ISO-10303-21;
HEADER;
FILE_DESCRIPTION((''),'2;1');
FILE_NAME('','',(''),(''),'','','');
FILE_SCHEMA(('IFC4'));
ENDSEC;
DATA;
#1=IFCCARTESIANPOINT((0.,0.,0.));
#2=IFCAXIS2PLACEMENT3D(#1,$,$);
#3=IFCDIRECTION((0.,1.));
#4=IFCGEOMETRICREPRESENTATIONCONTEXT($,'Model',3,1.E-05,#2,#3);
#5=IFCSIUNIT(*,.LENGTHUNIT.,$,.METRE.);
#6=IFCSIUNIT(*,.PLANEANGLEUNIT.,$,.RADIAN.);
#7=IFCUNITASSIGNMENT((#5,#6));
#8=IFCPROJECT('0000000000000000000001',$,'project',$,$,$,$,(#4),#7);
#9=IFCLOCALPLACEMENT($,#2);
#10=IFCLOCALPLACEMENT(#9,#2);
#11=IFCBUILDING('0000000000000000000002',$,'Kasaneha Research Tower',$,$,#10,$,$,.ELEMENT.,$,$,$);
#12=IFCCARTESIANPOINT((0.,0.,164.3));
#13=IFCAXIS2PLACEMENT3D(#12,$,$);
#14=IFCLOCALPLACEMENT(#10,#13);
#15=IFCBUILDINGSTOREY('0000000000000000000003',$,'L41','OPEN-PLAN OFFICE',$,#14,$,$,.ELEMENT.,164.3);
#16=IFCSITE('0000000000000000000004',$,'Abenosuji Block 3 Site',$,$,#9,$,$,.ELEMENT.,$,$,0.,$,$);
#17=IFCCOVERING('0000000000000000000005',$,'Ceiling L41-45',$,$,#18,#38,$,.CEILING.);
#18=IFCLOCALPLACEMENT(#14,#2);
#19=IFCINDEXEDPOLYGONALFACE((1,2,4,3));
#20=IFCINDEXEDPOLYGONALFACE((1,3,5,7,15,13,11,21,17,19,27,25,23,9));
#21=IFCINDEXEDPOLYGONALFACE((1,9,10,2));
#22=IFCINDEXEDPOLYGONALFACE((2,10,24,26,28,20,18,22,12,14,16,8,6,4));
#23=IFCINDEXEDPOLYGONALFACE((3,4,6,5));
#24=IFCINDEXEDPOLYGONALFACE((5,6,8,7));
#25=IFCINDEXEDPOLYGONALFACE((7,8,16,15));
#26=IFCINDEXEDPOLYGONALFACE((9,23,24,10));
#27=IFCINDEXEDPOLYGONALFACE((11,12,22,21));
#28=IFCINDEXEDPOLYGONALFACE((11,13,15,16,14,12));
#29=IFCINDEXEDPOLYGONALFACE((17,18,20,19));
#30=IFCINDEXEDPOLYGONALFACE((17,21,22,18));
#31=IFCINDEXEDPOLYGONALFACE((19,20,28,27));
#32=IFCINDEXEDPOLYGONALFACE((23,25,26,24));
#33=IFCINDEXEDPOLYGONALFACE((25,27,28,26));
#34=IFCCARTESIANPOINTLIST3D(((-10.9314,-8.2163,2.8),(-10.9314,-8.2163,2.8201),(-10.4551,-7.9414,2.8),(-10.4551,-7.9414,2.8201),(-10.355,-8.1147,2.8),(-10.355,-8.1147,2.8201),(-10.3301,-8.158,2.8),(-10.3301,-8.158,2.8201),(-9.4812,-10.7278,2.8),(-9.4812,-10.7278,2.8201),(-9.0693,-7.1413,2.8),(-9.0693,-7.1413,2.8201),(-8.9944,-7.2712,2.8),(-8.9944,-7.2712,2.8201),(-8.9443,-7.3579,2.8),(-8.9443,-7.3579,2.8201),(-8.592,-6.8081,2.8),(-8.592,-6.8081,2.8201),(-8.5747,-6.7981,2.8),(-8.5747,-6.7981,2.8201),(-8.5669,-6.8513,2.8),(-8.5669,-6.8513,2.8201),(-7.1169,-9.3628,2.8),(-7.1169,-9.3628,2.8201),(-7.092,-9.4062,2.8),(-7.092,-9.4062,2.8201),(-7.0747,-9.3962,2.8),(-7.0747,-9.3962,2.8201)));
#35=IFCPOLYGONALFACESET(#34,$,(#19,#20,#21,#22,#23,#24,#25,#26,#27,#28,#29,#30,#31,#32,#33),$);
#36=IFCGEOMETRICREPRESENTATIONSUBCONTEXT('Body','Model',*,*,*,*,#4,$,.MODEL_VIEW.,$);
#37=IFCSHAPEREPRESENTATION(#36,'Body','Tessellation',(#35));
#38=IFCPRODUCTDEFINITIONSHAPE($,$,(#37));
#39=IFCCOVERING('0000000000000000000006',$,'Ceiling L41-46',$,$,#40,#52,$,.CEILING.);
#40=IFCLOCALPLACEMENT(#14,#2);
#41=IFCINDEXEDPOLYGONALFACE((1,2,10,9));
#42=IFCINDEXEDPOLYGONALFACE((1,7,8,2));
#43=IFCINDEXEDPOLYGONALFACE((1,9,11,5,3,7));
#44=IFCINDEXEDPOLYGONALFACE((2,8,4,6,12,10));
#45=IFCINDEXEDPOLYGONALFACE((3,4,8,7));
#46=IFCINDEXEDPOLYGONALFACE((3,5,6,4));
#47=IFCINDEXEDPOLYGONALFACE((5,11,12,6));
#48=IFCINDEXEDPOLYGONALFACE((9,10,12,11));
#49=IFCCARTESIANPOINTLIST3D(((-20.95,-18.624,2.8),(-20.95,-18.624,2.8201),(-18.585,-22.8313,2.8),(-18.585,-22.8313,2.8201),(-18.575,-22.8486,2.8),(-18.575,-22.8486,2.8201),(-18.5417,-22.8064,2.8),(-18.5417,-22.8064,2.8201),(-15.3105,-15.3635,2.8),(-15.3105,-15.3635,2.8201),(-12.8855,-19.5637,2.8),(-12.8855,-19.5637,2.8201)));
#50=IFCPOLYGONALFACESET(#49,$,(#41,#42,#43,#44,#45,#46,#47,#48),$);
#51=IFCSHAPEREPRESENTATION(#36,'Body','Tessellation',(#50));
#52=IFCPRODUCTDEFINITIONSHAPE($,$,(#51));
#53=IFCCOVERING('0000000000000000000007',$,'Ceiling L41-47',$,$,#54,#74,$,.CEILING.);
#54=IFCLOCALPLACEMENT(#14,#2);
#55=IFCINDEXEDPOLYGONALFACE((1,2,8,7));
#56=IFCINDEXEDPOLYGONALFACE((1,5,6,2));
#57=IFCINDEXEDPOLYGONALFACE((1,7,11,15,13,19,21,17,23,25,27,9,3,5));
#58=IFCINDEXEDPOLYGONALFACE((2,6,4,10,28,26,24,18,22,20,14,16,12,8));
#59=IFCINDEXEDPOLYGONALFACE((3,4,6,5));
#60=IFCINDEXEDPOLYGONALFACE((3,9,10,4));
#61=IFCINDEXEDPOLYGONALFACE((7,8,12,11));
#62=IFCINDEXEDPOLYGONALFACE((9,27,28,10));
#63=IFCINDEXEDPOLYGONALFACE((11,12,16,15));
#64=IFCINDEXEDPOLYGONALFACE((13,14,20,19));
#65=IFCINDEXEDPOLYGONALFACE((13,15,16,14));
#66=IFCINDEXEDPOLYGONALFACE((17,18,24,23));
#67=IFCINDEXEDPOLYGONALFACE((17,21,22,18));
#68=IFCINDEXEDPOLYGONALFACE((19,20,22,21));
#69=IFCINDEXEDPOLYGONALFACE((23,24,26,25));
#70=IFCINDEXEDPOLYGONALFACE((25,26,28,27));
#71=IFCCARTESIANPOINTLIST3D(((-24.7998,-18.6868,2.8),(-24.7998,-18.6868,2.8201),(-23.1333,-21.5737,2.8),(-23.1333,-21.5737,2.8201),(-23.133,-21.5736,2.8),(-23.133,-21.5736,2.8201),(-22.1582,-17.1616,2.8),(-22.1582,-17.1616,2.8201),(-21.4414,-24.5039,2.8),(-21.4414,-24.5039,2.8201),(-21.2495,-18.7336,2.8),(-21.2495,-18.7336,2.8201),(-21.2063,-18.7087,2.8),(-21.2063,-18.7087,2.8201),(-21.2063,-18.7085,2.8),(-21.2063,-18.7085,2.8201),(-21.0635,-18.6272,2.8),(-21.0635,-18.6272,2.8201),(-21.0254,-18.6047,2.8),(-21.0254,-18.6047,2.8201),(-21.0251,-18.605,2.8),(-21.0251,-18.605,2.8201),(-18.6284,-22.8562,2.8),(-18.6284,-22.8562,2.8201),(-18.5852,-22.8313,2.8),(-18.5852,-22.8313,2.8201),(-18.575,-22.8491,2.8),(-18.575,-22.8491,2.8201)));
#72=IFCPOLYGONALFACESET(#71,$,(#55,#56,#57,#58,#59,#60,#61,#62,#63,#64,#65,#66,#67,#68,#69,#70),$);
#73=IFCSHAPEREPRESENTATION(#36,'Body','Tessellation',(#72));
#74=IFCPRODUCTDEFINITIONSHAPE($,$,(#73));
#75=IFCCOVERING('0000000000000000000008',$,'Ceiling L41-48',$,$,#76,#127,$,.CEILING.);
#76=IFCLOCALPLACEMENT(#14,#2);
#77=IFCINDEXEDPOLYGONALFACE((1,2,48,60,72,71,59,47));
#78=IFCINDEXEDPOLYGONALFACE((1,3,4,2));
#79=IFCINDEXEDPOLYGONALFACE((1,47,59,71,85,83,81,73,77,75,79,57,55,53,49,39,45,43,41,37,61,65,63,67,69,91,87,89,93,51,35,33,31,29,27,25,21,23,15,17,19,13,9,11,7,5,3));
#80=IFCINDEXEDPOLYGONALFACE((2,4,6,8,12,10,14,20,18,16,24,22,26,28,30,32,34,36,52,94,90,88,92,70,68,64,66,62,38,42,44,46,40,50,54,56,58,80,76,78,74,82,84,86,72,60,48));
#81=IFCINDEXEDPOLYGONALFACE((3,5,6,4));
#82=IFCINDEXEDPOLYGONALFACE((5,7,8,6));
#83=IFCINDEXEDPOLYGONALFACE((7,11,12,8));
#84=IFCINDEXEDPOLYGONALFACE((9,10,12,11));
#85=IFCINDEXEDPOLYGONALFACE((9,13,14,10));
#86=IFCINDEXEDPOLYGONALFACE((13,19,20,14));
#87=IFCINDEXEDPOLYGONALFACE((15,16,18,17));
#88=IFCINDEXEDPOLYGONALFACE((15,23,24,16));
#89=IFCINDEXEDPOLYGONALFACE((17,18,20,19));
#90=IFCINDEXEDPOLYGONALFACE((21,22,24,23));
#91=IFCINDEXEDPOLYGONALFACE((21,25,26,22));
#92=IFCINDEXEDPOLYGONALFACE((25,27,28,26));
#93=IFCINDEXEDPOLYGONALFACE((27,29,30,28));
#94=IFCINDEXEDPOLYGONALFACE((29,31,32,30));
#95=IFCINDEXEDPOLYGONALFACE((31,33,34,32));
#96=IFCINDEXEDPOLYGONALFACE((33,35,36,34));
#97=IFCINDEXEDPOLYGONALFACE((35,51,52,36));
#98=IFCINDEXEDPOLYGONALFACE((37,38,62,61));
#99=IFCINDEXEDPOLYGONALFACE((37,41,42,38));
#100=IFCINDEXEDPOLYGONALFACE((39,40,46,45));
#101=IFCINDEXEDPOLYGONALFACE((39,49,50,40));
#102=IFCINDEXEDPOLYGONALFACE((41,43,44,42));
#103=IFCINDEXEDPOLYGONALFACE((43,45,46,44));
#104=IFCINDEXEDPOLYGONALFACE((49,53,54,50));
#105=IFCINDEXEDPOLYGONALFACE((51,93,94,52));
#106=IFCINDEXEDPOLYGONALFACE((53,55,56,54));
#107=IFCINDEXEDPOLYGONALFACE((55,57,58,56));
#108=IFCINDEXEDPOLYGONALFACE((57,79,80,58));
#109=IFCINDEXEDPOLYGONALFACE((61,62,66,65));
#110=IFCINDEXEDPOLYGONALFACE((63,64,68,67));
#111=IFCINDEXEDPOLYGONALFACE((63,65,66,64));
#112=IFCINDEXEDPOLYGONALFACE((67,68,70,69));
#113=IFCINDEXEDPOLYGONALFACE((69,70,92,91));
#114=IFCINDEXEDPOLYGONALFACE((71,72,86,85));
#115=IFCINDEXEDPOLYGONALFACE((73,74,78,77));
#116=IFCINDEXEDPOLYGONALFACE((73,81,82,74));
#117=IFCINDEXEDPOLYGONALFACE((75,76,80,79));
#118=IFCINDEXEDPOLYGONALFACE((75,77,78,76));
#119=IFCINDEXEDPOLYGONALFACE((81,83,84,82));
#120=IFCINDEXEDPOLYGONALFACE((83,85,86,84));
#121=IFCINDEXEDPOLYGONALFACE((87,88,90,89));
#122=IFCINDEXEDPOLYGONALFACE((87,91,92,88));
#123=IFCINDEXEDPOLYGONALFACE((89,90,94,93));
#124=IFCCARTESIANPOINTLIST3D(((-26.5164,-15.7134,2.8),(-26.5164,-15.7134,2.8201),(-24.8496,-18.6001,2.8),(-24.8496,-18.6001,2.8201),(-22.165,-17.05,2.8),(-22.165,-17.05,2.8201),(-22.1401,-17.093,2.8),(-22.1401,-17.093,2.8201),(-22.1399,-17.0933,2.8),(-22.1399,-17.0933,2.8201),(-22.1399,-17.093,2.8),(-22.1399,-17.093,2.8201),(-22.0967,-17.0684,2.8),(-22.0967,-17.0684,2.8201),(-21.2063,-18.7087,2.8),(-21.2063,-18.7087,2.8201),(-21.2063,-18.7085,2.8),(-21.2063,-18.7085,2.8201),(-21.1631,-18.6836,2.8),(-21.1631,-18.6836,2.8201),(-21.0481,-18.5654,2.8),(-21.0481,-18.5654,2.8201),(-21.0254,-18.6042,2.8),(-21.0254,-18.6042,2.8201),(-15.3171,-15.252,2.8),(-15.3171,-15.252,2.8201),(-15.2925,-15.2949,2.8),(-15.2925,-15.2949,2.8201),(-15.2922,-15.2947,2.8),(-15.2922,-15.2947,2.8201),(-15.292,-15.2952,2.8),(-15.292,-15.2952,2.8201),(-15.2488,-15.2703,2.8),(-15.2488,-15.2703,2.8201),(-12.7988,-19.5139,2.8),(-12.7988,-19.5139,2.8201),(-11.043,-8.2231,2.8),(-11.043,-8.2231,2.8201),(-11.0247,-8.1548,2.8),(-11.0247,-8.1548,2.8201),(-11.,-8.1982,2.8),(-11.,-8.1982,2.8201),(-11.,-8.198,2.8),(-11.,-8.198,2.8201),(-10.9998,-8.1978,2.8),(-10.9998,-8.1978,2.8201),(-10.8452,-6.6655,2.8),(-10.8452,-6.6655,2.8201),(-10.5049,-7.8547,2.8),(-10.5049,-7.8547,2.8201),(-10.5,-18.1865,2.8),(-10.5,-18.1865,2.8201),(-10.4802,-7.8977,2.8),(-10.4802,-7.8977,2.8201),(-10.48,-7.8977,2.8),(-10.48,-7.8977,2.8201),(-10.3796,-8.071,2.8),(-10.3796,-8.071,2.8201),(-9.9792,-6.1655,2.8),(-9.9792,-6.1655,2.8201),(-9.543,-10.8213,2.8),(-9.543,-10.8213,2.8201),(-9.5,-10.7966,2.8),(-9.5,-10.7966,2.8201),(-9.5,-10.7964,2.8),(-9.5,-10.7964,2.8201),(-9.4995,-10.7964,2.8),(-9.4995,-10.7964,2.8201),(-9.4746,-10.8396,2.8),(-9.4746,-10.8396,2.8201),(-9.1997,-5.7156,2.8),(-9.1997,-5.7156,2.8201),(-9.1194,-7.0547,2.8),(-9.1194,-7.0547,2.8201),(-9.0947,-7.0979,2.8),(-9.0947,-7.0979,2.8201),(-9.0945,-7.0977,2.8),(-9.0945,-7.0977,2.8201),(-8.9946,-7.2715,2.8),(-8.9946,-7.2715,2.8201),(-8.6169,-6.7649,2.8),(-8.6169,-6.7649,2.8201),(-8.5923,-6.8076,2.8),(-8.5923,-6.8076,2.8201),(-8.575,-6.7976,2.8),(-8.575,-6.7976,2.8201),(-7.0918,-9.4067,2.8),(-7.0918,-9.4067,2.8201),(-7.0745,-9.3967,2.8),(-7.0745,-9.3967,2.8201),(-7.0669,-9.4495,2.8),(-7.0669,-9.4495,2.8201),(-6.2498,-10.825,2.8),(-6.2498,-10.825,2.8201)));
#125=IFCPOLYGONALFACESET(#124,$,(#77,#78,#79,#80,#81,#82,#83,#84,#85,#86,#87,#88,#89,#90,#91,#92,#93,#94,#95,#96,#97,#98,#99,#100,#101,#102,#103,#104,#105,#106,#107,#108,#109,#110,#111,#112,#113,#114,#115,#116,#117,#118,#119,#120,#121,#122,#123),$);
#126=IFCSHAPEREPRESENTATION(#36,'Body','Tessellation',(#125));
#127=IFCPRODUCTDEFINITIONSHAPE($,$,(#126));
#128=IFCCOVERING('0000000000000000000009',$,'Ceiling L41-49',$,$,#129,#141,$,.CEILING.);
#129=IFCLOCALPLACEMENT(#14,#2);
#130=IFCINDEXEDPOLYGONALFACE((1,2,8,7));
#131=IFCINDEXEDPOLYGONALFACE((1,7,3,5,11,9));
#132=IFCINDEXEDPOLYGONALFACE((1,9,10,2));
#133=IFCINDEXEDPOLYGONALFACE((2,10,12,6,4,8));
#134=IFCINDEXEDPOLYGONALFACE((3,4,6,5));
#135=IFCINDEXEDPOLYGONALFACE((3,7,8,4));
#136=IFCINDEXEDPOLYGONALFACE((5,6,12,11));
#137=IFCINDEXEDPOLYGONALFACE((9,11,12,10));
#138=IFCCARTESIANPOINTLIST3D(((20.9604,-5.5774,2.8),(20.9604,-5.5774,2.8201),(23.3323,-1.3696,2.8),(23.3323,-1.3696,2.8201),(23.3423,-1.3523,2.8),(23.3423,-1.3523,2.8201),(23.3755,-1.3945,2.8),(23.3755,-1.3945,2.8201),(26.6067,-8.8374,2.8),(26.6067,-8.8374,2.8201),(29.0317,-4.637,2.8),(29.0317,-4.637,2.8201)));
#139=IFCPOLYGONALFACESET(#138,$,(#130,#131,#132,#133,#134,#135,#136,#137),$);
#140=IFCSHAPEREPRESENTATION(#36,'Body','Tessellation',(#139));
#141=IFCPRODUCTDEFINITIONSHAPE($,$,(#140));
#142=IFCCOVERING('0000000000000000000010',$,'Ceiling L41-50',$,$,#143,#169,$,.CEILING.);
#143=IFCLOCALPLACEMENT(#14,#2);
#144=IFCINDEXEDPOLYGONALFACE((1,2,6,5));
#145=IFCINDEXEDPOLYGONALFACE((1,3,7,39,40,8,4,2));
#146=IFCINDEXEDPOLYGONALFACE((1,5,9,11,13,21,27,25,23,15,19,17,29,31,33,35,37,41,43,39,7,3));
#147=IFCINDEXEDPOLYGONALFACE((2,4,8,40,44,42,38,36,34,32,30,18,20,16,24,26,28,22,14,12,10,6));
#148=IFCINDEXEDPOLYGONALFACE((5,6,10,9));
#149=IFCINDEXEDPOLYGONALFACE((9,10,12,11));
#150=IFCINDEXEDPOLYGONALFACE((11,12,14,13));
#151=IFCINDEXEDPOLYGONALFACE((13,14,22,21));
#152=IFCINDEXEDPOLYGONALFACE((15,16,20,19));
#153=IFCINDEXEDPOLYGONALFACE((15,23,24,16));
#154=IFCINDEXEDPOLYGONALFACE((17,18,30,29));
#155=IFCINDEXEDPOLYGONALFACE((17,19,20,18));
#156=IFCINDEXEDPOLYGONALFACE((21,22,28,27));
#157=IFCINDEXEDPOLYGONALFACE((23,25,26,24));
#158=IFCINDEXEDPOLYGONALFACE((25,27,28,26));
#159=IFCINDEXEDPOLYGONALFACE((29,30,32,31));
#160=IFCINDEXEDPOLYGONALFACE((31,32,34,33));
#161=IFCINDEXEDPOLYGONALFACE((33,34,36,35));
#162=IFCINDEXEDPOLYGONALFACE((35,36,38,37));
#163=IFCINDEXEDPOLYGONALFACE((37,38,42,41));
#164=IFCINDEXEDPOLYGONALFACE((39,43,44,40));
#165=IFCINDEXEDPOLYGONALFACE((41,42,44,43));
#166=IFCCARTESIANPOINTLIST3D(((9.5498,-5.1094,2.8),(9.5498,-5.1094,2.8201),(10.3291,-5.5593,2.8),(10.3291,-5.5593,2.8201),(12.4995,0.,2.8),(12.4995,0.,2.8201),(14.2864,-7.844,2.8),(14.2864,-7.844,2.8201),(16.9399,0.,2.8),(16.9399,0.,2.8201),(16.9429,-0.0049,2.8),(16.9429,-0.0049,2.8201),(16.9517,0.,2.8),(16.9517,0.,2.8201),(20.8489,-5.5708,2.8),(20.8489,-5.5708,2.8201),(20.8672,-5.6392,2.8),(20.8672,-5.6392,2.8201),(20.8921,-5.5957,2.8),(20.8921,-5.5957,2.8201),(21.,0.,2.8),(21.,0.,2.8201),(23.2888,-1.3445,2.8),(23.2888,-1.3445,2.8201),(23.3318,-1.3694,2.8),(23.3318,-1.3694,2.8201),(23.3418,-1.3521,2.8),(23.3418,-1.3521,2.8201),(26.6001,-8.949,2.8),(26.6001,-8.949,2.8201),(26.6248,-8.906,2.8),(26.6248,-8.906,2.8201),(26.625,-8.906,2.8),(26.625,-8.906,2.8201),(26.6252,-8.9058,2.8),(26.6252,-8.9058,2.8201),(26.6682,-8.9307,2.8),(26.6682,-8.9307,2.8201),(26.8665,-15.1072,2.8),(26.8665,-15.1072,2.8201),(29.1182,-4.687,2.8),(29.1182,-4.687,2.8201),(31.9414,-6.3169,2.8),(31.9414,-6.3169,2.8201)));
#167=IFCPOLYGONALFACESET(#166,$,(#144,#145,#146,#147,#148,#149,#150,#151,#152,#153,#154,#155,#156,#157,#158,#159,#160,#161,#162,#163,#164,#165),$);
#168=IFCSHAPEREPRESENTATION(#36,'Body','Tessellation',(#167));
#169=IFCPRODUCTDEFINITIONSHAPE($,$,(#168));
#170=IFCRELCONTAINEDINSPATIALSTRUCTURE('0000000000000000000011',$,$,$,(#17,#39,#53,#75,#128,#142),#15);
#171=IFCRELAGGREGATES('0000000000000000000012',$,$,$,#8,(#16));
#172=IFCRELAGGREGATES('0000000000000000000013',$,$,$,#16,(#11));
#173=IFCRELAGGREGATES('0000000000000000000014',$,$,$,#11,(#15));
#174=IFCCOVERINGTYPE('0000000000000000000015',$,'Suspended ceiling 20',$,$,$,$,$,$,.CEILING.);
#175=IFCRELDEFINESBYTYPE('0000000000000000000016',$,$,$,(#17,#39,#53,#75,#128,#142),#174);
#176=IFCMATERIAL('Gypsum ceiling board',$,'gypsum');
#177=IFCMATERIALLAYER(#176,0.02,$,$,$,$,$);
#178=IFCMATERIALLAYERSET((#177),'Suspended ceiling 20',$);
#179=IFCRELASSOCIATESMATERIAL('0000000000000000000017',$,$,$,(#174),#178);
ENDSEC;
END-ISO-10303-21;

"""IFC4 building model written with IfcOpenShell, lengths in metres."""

from ifc_helpers import new_model, si_unit, direction, frame, origin, place, context, subcontext, project, spatial, polyline, outline, extrude, material, layer, layer_set, type_object, element, save


model = new_model("IFC4")

# Units and contexts
model_context = context("Model", 3, precision=1e-05, world=origin(), true_north=direction((0.0, 1.0)))
body_context = subcontext(model_context, "Body", "Model", "MODEL_VIEW")
ifc_project = project(units=[si_unit("LENGTHUNIT", "METRE"), si_unit("PLANEANGLEUNIT", "RADIAN")], contexts=[model_context])

# Site, building, storey
site_placement = place(None, origin())
site = spatial("IfcSite", under=ifc_project, at=site_placement, Name="Abenosuji Block 3 Site", CompositionType="ELEMENT", RefElevation=0.0)
building_placement = place(site_placement, origin())
building = spatial("IfcBuilding", under=site, at=building_placement, Name="Kasaneha Research Tower", CompositionType="ELEMENT")
storey_placement = place(building_placement, frame((0.0, 0.0, 164.3)))
storey = spatial("IfcBuildingStorey", under=building, at=storey_placement, Name="L41", Description="OPEN-PLAN OFFICE", CompositionType="ELEMENT", Elevation=164.3)

# Coverings
ifc_material_1 = material(Name="Gypsum ceiling board", Category="gypsum")
ifc_layer_1 = layer(ifc_material_1, 0.02)
ifc_layer_set_1 = layer_set([ifc_layer_1], Name="Suspended ceiling 20")
covering_type_1 = type_object("IfcCoveringType", Name="Suspended ceiling 20", PredefinedType="CEILING", material=ifc_layer_set_1)
covering_1_placement = place(storey_placement, frame((0.0, 0.0, 2.8)))
element("IfcCovering", 1, at=covering_1_placement, inside=storey, type_object=covering_type_1, Name="Ceiling L41-45", PredefinedType="CEILING", context=body_context, shape_type="SweptSolid", body=[
    extrude(outline(polyline([(-10.355, -8.1147), (-10.355, -8.1147), (-10.3301, -8.158), (-8.9443, -7.3579), (-8.9944, -7.2712), (-8.9944, -7.2712), (-9.0942, -7.0981), (-9.0942, -7.0981), (-9.0693, -7.1414), (-8.5669, -6.8513), (-8.592, -6.8081), (-8.5747, -6.7981), (-7.0747, -9.3962), (-7.092, -9.4062), (-7.1169, -9.3628), (-9.4812, -10.7278), (-10.9314, -8.2163), (-10.4551, -7.9414), (-10.355, -8.1147)])), origin(), (0.0, 0.0, 1.0), 0.02),
])
covering_2_placement = place(storey_placement, frame((0.0, 0.0, 2.8)))
element("IfcCovering", 2, at=covering_2_placement, inside=storey, type_object=covering_type_1, Name="Ceiling L41-46", PredefinedType="CEILING", context=body_context, shape_type="SweptSolid", body=[
    extrude(outline(polyline([(-18.575, -22.8486), (-18.585, -22.8313), (-18.5417, -22.8064), (-20.95, -18.624), (-15.3105, -15.3635), (-12.8855, -19.5637), (-18.575, -22.8486)])), origin(), (0.0, 0.0, 1.0), 0.02),
])
covering_3_placement = place(storey_placement, frame((0.0, 0.0, 2.8)))
element("IfcCovering", 3, at=covering_3_placement, inside=storey, type_object=covering_type_1, Name="Ceiling L41-47", PredefinedType="CEILING", context=body_context, shape_type="SweptSolid", body=[
    extrude(outline(polyline([(-21.2063, -18.7087), (-21.0254, -18.6047), (-21.0251, -18.605), (-21.0635, -18.6272), (-18.6284, -22.8562), (-18.5852, -22.8313), (-18.575, -22.8491), (-21.4414, -24.5039), (-23.1333, -21.5737), (-20.8503, -20.2556), (-23.1331, -21.5735), (-24.7998, -18.6868), (-22.1582, -17.1616), (-21.2495, -18.7336), (-21.2063, -18.7085), (-21.2063, -18.7087)])), origin(), (0.0, 0.0, 1.0), 0.02),
])
covering_4_placement = place(storey_placement, frame((0.0, 0.0, 2.8)))
element("IfcCovering", 4, at=covering_4_placement, inside=storey, type_object=covering_type_1, Name="Ceiling L41-48", PredefinedType="CEILING", context=body_context, shape_type="SweptSolid", body=[
    extrude(outline(polyline([(-9.1997, -5.7156), (-8.575, -6.7976), (-8.5923, -6.8076), (-8.6169, -6.7649), (-9.1194, -7.0547), (-9.0945, -7.0977), (-9.0947, -7.0979), (-8.9946, -7.2715), (-10.3796, -8.071), (-10.48, -7.8977), (-10.4802, -7.8977), (-10.5049, -7.8547), (-11.0247, -8.1548), (-10.9998, -8.1978), (-11.0, -8.198), (-11.0, -8.1982), (-11.043, -8.2231), (-9.543, -10.8213), (-9.5, -10.7964), (-9.5, -10.7966), (-9.4995, -10.7964), (-9.4746, -10.8396), (-7.0669, -9.4495), (-7.0918, -9.4067), (-7.0745, -9.3967), (-6.2498, -10.825), (-10.5, -18.1865), (-12.7988, -19.5139), (-15.2488, -15.2703), (-15.292, -15.2952), (-15.2922, -15.2947), (-15.2925, -15.2949), (-15.3171, -15.252), (-21.0481, -18.5654), (-21.0254, -18.6042), (-21.2063, -18.7087), (-21.2063, -18.7085), (-21.1631, -18.6836), (-22.0967, -17.0684), (-22.1399, -17.0933), (-22.1399, -17.093), (-22.1401, -17.093), (-22.165, -17.05), (-24.8496, -18.6001), (-26.5164, -15.7134), (-10.8452, -6.6655), (-10.8452, -6.6655), (-9.9792, -6.1655), (-9.9792, -6.1655), (-9.1997, -5.7156)])), origin(), (0.0, 0.0, 1.0), 0.02),
])
covering_5_placement = place(storey_placement, frame((0.0, 0.0, 2.8)))
element("IfcCovering", 5, at=covering_5_placement, inside=storey, type_object=covering_type_1, Name="Ceiling L41-49", PredefinedType="CEILING", context=body_context, shape_type="SweptSolid", body=[
    extrude(outline(polyline([(29.0317, -4.637), (26.6067, -8.8374), (20.9604, -5.5774), (23.3755, -1.3945), (23.3323, -1.3696), (23.3423, -1.3523), (29.0317, -4.637)])), origin(), (0.0, 0.0, 1.0), 0.02),
])
covering_6_placement = place(storey_placement, frame((0.0, 0.0, 2.8)))
element("IfcCovering", 6, at=covering_6_placement, inside=storey, type_object=covering_type_1, Name="Ceiling L41-50", PredefinedType="CEILING", context=body_context, shape_type="SweptSolid", body=[
    extrude(outline(polyline([(9.5498, -5.1094), (12.4995, 0.0), (16.9399, 0.0), (16.9429, -0.0049), (16.9517, 0.0), (21.0, 0.0), (23.3418, -1.3521), (23.3318, -1.3694), (23.2888, -1.3445), (20.8489, -5.5708), (20.8921, -5.5957), (20.8672, -5.6392), (26.6001, -8.949), (26.6248, -8.906), (26.625, -8.906), (26.6252, -8.9058), (26.6682, -8.9307), (29.1182, -4.687), (31.9414, -6.3169), (26.8665, -15.1072), (14.2864, -7.844), (10.3291, -5.5593), (10.3291, -5.5593), (9.5498, -5.1094)])), origin(), (0.0, 0.0, 1.0), 0.02),
])

save(model, "model.ifc")
